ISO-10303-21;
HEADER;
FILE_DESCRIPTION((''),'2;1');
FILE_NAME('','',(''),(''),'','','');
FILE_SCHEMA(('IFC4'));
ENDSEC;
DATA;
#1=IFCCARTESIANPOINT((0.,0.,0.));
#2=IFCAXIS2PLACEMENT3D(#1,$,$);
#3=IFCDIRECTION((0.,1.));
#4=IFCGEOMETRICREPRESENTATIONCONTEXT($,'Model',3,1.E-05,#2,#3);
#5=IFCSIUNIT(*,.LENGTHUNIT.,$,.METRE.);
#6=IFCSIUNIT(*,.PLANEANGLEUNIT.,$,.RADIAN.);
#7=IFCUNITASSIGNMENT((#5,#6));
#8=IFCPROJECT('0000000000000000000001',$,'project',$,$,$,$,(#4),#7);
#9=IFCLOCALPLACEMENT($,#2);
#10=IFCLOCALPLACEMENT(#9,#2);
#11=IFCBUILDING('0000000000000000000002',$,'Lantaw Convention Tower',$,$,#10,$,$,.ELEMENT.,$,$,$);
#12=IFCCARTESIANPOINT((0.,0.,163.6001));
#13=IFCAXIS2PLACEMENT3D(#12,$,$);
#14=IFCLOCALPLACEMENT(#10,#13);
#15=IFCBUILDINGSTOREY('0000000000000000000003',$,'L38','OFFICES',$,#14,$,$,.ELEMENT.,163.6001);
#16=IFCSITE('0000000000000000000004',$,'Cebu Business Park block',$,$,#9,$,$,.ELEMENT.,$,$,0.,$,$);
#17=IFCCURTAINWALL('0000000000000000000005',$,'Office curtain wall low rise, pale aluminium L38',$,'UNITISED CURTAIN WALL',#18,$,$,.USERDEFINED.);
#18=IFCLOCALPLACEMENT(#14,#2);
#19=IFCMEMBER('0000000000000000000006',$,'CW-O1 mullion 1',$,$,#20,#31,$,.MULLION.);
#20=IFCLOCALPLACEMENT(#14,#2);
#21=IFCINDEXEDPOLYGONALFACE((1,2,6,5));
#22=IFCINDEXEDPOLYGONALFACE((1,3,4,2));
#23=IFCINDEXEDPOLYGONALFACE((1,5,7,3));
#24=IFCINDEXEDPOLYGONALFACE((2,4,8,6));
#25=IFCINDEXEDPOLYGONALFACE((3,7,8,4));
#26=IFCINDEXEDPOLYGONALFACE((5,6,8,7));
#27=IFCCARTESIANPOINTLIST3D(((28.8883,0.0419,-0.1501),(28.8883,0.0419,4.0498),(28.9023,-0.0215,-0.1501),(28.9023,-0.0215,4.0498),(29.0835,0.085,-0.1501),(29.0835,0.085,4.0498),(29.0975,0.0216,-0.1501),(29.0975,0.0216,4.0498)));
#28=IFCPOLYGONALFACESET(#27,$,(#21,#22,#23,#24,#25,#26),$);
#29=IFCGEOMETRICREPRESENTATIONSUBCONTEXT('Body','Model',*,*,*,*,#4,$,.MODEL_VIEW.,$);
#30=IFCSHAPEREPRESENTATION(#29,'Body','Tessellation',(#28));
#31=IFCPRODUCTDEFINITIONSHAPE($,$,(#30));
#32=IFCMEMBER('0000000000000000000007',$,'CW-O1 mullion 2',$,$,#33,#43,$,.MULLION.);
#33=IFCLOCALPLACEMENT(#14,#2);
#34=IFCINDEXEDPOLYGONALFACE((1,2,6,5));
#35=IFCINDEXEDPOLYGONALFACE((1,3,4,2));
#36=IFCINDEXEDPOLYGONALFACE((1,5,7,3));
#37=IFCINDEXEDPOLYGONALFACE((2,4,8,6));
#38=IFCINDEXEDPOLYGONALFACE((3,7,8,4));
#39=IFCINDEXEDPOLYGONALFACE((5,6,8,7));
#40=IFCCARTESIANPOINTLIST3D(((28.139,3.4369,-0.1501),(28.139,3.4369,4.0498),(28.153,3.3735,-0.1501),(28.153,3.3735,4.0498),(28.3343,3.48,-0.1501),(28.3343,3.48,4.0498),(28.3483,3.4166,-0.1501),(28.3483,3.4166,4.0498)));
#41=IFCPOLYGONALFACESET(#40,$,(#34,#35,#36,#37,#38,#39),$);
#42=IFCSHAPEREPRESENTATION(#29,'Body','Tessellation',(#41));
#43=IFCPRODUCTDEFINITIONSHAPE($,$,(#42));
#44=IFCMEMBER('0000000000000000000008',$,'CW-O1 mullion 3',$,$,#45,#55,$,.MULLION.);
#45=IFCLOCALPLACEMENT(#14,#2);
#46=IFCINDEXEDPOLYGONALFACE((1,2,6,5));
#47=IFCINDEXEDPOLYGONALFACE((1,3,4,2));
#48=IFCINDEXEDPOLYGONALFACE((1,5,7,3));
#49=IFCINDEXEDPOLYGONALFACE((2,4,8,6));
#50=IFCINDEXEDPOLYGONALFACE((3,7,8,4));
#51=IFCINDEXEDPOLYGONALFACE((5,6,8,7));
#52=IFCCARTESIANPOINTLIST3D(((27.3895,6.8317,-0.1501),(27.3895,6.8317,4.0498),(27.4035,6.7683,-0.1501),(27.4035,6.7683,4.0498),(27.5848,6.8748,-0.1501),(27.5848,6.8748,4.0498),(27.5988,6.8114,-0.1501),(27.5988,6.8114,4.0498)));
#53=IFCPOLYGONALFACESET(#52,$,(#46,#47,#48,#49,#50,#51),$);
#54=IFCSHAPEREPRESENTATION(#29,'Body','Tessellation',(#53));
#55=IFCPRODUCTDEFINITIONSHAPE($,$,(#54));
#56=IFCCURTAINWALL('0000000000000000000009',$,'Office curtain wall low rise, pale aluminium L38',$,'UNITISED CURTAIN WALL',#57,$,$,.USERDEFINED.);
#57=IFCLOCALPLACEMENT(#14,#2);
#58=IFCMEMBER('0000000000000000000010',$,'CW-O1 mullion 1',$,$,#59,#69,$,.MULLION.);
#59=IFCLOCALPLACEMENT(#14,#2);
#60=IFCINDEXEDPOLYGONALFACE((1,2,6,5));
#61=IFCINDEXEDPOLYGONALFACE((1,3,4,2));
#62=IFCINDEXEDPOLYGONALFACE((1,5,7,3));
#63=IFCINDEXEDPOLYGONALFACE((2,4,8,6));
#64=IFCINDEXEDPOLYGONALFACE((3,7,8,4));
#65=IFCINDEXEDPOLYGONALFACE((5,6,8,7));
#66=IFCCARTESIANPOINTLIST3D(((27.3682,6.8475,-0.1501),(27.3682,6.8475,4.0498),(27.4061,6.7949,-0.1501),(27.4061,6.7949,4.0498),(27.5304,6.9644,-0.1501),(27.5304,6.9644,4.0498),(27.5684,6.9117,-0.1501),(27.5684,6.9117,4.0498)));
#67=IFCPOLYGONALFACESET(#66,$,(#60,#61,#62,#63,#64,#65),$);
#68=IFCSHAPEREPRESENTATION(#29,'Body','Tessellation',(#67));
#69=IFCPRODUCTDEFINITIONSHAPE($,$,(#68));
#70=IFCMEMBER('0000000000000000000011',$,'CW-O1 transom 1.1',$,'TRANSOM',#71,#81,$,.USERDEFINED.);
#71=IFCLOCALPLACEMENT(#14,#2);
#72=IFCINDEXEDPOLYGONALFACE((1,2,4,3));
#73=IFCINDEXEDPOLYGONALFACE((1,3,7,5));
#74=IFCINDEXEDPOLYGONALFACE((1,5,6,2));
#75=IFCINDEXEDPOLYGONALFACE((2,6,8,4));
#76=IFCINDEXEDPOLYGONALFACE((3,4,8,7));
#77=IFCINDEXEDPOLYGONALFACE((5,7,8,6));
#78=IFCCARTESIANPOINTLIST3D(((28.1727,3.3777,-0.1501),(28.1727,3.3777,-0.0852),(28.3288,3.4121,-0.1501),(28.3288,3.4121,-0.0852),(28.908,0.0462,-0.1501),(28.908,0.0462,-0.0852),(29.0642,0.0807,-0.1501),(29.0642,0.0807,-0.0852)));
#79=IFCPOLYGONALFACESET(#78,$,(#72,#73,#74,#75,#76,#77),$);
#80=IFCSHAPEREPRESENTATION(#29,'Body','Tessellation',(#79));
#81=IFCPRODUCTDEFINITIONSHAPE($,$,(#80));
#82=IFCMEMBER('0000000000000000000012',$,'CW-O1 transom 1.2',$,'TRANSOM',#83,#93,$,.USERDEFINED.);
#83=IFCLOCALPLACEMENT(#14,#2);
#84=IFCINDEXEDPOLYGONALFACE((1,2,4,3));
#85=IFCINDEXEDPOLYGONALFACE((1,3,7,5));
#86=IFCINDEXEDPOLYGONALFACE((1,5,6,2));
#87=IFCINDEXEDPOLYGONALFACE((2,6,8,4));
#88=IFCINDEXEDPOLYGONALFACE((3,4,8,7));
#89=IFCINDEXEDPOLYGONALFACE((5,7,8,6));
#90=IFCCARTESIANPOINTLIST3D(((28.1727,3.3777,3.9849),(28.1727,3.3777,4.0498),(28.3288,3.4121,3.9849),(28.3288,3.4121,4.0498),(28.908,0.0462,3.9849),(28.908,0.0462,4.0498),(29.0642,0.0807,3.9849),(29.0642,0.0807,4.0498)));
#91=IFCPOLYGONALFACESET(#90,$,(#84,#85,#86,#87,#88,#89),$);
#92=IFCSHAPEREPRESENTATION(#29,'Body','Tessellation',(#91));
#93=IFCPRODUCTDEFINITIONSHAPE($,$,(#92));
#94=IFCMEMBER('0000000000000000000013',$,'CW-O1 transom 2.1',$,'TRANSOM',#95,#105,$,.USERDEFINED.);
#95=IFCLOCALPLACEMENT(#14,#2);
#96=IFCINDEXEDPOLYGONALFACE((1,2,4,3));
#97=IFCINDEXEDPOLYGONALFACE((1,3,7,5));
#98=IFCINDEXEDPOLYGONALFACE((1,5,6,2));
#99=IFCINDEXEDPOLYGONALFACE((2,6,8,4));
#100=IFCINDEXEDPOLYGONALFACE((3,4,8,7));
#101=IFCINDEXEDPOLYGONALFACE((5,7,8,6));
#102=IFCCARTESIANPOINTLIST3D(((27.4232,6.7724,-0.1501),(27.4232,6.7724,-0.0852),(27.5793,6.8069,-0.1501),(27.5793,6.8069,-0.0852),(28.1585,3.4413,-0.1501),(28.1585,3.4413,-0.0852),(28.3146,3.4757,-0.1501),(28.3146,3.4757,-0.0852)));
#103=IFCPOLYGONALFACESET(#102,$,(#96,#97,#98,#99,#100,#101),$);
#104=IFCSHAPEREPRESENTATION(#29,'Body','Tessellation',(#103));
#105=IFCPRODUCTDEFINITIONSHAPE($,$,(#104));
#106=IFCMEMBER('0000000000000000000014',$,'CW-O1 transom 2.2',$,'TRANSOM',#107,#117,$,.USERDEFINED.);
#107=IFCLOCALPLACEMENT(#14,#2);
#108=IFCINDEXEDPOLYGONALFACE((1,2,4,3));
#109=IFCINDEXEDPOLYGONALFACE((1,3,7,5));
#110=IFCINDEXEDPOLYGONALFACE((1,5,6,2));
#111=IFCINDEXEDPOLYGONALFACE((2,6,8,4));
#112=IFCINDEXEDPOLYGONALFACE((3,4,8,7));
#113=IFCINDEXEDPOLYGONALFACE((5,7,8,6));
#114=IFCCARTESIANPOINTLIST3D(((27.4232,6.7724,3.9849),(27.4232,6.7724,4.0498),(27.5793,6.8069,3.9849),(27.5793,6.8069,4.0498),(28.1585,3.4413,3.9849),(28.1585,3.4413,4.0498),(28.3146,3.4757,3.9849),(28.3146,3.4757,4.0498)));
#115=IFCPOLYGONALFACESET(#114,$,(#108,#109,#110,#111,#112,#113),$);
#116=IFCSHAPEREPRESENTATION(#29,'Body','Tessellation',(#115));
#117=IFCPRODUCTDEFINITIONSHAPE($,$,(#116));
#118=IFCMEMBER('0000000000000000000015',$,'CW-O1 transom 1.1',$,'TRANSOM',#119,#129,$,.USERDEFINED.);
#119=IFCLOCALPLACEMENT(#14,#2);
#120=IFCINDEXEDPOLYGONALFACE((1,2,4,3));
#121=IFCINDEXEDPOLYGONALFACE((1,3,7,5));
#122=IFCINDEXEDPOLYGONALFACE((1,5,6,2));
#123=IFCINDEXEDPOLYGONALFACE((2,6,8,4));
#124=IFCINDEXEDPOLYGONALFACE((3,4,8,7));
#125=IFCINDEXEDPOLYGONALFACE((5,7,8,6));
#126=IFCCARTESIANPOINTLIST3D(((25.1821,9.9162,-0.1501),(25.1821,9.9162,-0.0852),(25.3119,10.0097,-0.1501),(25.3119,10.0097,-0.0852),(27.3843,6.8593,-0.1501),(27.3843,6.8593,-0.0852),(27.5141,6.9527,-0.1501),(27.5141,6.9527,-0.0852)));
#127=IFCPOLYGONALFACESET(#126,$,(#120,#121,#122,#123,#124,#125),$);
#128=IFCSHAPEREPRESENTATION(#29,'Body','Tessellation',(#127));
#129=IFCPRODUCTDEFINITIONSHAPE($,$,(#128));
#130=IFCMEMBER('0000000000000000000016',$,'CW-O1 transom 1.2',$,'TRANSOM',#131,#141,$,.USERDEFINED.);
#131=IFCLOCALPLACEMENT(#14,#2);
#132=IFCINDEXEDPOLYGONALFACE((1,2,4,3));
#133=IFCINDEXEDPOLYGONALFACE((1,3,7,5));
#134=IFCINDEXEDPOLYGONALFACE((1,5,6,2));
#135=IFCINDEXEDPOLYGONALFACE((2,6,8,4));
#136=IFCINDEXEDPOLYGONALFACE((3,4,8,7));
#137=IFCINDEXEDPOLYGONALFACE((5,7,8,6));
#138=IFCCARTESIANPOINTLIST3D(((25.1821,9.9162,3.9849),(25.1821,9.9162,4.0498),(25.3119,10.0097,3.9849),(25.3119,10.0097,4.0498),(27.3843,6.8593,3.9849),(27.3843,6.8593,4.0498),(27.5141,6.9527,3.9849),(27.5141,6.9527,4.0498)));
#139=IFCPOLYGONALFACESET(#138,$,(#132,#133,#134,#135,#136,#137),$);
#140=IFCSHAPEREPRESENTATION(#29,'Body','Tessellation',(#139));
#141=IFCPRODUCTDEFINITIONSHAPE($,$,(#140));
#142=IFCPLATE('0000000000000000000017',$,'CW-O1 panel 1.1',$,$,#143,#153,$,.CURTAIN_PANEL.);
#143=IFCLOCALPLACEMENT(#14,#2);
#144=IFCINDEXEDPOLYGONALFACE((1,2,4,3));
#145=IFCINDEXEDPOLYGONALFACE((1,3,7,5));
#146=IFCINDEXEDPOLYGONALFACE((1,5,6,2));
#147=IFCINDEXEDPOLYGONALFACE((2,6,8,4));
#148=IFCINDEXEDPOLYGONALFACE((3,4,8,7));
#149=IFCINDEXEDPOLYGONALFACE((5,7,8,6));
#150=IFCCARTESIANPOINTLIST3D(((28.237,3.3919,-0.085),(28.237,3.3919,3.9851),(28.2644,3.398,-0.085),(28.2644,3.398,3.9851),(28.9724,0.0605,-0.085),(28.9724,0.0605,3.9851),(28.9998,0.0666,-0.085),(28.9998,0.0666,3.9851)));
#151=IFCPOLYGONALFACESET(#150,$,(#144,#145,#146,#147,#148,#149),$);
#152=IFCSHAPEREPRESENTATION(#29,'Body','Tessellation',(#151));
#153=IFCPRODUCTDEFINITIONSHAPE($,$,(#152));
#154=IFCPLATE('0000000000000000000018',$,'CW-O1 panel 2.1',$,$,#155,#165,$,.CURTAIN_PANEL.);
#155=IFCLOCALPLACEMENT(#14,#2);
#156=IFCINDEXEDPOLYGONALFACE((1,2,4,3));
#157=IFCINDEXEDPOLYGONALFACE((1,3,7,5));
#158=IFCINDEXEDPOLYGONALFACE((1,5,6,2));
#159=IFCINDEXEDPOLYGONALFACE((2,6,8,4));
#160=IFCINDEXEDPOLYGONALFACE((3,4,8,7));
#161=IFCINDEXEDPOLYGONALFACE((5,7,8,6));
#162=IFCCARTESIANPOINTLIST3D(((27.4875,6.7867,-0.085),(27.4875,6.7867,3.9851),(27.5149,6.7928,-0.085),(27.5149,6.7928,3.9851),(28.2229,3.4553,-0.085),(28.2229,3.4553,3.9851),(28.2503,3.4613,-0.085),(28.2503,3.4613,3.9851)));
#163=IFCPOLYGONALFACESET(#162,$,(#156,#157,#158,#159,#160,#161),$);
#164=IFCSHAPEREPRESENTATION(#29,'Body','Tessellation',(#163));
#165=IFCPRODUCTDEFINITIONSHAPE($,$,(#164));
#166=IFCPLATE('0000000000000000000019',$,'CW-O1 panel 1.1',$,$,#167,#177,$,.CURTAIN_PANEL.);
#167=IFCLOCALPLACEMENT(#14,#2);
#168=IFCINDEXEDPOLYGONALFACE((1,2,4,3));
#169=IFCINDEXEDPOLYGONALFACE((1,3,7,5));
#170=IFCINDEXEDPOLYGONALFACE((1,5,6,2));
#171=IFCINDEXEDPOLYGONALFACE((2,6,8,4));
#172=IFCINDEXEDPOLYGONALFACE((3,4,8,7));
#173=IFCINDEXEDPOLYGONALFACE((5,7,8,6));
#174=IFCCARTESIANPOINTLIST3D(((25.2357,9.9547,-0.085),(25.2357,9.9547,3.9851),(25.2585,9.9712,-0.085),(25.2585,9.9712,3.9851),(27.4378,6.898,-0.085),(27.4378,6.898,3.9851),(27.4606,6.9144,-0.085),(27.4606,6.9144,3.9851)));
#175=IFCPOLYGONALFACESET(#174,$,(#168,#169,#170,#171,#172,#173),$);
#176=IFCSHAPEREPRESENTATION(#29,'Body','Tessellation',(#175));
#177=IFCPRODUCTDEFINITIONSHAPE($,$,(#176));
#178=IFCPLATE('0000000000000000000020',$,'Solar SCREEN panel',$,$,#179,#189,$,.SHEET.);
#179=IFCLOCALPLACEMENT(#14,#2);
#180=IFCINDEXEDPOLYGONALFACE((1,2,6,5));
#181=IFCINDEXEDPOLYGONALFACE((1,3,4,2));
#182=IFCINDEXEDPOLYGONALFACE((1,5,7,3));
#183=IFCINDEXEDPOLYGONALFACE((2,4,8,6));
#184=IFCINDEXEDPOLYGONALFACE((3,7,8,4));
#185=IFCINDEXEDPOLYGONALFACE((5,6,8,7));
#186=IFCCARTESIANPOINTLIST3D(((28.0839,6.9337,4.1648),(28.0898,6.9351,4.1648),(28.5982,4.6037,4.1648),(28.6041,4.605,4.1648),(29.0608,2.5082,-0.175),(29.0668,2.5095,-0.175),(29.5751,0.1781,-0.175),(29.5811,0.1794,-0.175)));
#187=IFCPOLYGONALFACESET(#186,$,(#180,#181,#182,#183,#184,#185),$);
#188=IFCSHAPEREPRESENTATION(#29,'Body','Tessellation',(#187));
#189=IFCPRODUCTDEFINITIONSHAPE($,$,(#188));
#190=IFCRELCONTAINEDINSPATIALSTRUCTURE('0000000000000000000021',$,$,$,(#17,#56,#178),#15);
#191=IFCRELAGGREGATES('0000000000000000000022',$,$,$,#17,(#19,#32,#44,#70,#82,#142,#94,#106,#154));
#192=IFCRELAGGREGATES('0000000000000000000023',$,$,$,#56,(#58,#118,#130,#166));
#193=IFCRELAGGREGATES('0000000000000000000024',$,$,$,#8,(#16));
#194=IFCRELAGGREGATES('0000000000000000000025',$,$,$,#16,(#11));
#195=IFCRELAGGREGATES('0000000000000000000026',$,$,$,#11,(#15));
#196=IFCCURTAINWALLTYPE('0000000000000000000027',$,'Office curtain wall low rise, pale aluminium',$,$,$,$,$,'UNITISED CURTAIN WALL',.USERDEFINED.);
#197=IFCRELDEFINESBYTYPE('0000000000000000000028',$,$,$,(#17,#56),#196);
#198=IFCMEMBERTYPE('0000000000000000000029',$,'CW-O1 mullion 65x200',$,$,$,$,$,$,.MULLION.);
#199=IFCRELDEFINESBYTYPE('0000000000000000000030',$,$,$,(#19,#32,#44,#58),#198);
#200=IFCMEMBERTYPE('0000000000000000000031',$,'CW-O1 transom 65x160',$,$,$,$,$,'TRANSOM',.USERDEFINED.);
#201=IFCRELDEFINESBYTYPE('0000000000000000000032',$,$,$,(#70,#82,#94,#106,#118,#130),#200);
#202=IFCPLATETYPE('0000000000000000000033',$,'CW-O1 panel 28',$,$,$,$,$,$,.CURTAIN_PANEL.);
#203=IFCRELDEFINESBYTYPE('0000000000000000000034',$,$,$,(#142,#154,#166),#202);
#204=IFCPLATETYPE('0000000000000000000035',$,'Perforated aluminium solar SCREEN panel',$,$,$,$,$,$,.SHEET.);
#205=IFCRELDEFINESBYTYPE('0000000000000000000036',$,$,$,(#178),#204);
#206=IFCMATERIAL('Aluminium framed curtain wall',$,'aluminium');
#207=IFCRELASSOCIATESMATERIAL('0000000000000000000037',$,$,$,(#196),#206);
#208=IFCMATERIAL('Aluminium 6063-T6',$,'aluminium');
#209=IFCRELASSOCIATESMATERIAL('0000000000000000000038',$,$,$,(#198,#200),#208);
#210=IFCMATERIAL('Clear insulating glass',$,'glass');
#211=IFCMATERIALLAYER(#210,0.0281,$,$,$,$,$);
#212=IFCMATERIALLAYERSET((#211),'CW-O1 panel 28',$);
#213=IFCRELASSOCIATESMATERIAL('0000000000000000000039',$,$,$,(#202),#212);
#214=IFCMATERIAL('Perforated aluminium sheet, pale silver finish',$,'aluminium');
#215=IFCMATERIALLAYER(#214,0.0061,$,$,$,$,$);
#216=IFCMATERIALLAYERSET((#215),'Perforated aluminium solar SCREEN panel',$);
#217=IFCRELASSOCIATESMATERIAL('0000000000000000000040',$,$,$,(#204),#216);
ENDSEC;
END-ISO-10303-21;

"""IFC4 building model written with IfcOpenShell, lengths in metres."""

from ifc_helpers import new_model, si_unit, direction, frame, origin, origin_2d, place, context, subcontext, project, spatial, polyline, rectangle, outline, extrude, material, layer, layer_set, material_profile, profile_set, type_object, element, aggregate, save


model = new_model("IFC4")

# Units and contexts
model_context = context("Model", 3, precision=1e-05, world=origin(), true_north=direction((0.0, 1.0)))
body_context = subcontext(model_context, "Body", "Model", "MODEL_VIEW")
ifc_project = project(units=[si_unit("LENGTHUNIT", "METRE"), si_unit("PLANEANGLEUNIT", "RADIAN")], contexts=[model_context])

# Site, building, storey
site_placement = place(None, origin())
site = spatial("IfcSite", under=ifc_project, at=site_placement, Name="Cebu Business Park block", CompositionType="ELEMENT", RefElevation=0.0)
building_placement = place(site_placement, origin())
building = spatial("IfcBuilding", under=site, at=building_placement, Name="Lantaw Convention Tower", CompositionType="ELEMENT")
storey_placement = place(building_placement, frame((0.0, 0.0, 163.6001)))
storey = spatial("IfcBuildingStorey", under=building, at=storey_placement, Name="L38", Description="OFFICES", CompositionType="ELEMENT", Elevation=163.6001)

# Curtain wall, members
ifc_material_1 = material(Name="Aluminium framed curtain wall", Category="aluminium")
curtain_wall_type = type_object("IfcCurtainWallType", Name="Office curtain wall low rise, pale aluminium", ElementType="UNITISED CURTAIN WALL", PredefinedType="USERDEFINED", material=ifc_material_1)
curtain_wall_1_placement = place(storey_placement, origin())
curtain_wall_1 = element("IfcCurtainWall", 1, at=curtain_wall_1_placement, inside=storey, type_object=curtain_wall_type, Name="Office curtain wall low rise, pale aluminium L38", ObjectType="UNITISED CURTAIN WALL", PredefinedType="USERDEFINED")
ifc_material_2 = material(Name="Aluminium 6063-T6", Category="aluminium")
ifc_material_profile_1 = material_profile(ifc_material_2, rectangle(XDim=0.2, YDim=0.0649, at=origin_2d()), Name="CW-O1 mullion 65x200")
ifc_profile_set_1 = profile_set([ifc_material_profile_1], Name="Aluminium 6063-T6")
member_type_1 = type_object("IfcMemberType", Name="CW-O1 mullion 65x200", PredefinedType="MULLION", material=ifc_profile_set_1)
member_1_placement = place(storey_placement, frame((28.9929, 0.0317, -0.1501), z_axis=(0.0, 0.0, 1.0), x_axis=(-0.976494, -0.215546, 0.0)))
member_1 = element("IfcMember", 2, at=member_1_placement, type_object=member_type_1, Name="CW-O1 mullion 1", PredefinedType="MULLION", context=body_context, shape_type="SweptSolid", body=[
    extrude(rectangle(XDim=0.2, YDim=0.0649, at=origin_2d()), origin(), (0.0, 0.0, 1.0), 4.2),
])
member_2_placement = place(storey_placement, frame((28.2437, 3.4268, -0.1501), z_axis=(0.0, 0.0, 1.0), x_axis=(-0.976494, -0.215546, 0.0)))
member_2 = element("IfcMember", 3, at=member_2_placement, type_object=member_type_1, Name="CW-O1 mullion 2", PredefinedType="MULLION", context=body_context, shape_type="SweptSolid", body=[
    extrude(rectangle(XDim=0.2, YDim=0.0649, at=origin_2d()), origin(), (0.0, 0.0, 1.0), 4.2),
])
member_3_placement = place(storey_placement, frame((27.4941, 6.8215, -0.1501), z_axis=(0.0, 0.0, 1.0), x_axis=(-0.976494, -0.215546, 0.0)))
member_3 = element("IfcMember", 4, at=member_3_placement, type_object=member_type_1, Name="CW-O1 mullion 3", PredefinedType="MULLION", context=body_context, shape_type="SweptSolid", body=[
    extrude(rectangle(XDim=0.2, YDim=0.0649, at=origin_2d()), origin(), (0.0, 0.0, 1.0), 4.2),
])

# Curtain wall, member
curtain_wall_2_placement = place(storey_placement, origin())
curtain_wall_2 = element("IfcCurtainWall", 5, at=curtain_wall_2_placement, inside=storey, type_object=curtain_wall_type, Name="Office curtain wall low rise, pale aluminium L38", ObjectType="UNITISED CURTAIN WALL", PredefinedType="USERDEFINED")
member_4_placement = place(storey_placement, frame((27.4683, 6.8796, -0.1501), z_axis=(0.0, 0.0, 1.0), x_axis=(-0.811385, -0.584513, 0.0)))
member_4 = element("IfcMember", 6, at=member_4_placement, type_object=member_type_1, Name="CW-O1 mullion 1", PredefinedType="MULLION", context=body_context, shape_type="SweptSolid", body=[
    extrude(rectangle(XDim=0.2, YDim=0.0649, at=origin_2d()), origin(), (0.0, 0.0, 1.0), 4.2),
])

# Members
ifc_material_profile_2 = material_profile(ifc_material_2, rectangle(XDim=0.1599, YDim=0.0649, at=origin_2d()), Name="CW-O1 transom 65x160")
ifc_profile_set_2 = profile_set([ifc_material_profile_2], Name="Aluminium 6063-T6")
member_type_2 = type_object("IfcMemberType", Name="CW-O1 transom 65x160", ElementType="TRANSOM", PredefinedType="USERDEFINED", material=ifc_profile_set_2)
member_5_placement = place(storey_placement, frame((28.9861, 0.0635, -0.1177), z_axis=(-0.215536, 0.976496, 0.0), x_axis=(-0.976496, -0.215536, 0.0)))
member_5 = element("IfcMember", 7, at=member_5_placement, type_object=member_type_2, Name="CW-O1 transom 1.1", ObjectType="TRANSOM", PredefinedType="USERDEFINED", context=body_context, shape_type="SweptSolid", body=[
    extrude(rectangle(XDim=0.1599, YDim=0.0649, at=origin_2d()), origin(), (0.0, 0.0, 1.0), 3.4116),
])
member_6_placement = place(storey_placement, frame((28.9861, 0.0635, 4.0173), z_axis=(-0.215536, 0.976496, 0.0), x_axis=(-0.976496, -0.215536, 0.0)))
member_6 = element("IfcMember", 8, at=member_6_placement, type_object=member_type_2, Name="CW-O1 transom 1.2", ObjectType="TRANSOM", PredefinedType="USERDEFINED", context=body_context, shape_type="SweptSolid", body=[
    extrude(rectangle(XDim=0.1599, YDim=0.0649, at=origin_2d()), origin(), (0.0, 0.0, 1.0), 3.4116),
])
member_7_placement = place(storey_placement, frame((28.2366, 3.4585, -0.1177), z_axis=(-0.215551, 0.976493, 0.0), x_axis=(-0.976493, -0.215551, 0.0)))
member_7 = element("IfcMember", 9, at=member_7_placement, type_object=member_type_2, Name="CW-O1 transom 2.1", ObjectType="TRANSOM", PredefinedType="USERDEFINED", context=body_context, shape_type="SweptSolid", body=[
    extrude(rectangle(XDim=0.1599, YDim=0.0649, at=origin_2d()), origin(), (0.0, 0.0, 1.0), 3.4114),
])
member_8_placement = place(storey_placement, frame((28.2366, 3.4585, 4.0173), z_axis=(-0.215551, 0.976493, 0.0), x_axis=(-0.976493, -0.215551, 0.0)))
member_8 = element("IfcMember", 10, at=member_8_placement, type_object=member_type_2, Name="CW-O1 transom 2.2", ObjectType="TRANSOM", PredefinedType="USERDEFINED", context=body_context, shape_type="SweptSolid", body=[
    extrude(rectangle(XDim=0.1599, YDim=0.0649, at=origin_2d()), origin(), (0.0, 0.0, 1.0), 3.4114),
])
member_9_placement = place(storey_placement, frame((27.4492, 6.906, -0.1177), z_axis=(-0.584513, 0.811384, 0.0), x_axis=(-0.811384, -0.584513, 0.0)))
member_9 = element("IfcMember", 11, at=member_9_placement, type_object=member_type_2, Name="CW-O1 transom 1.1", ObjectType="TRANSOM", PredefinedType="USERDEFINED", context=body_context, shape_type="SweptSolid", body=[
    extrude(rectangle(XDim=0.1599, YDim=0.0649, at=origin_2d()), origin(), (0.0, 0.0, 1.0), 3.7676),
])
member_10_placement = place(storey_placement, frame((27.4492, 6.906, 4.0173), z_axis=(-0.584513, 0.811384, 0.0), x_axis=(-0.811384, -0.584513, 0.0)))
member_10 = element("IfcMember", 12, at=member_10_placement, type_object=member_type_2, Name="CW-O1 transom 1.2", ObjectType="TRANSOM", PredefinedType="USERDEFINED", context=body_context, shape_type="SweptSolid", body=[
    extrude(rectangle(XDim=0.1599, YDim=0.0649, at=origin_2d()), origin(), (0.0, 0.0, 1.0), 3.7676),
])

# Plates
ifc_material_3 = material(Name="Clear insulating glass", Category="glass")
ifc_layer_1 = layer(ifc_material_3, 0.0281)
ifc_layer_set_1 = layer_set([ifc_layer_1], Name="CW-O1 panel 28")
plate_type_1 = type_object("IfcPlateType", Name="CW-O1 panel 28", PredefinedType="CURTAIN_PANEL", material=ifc_layer_set_1)
plate_1_placement = place(storey_placement, frame((28.6184, 1.7292, -0.085), z_axis=(0.0, 0.0, 1.0), x_axis=(-0.215546, 0.976494, 0.0)))
plate_1 = element("IfcPlate", 13, at=plate_1_placement, type_object=plate_type_1, Name="CW-O1 panel 1.1", PredefinedType="CURTAIN_PANEL", context=body_context, shape_type="SweptSolid", body=[
    extrude(rectangle(XDim=3.4116, YDim=0.0281, at=origin_2d()), origin(), (0.0, 0.0, 1.0), 4.0701),
])
plate_2_placement = place(storey_placement, frame((27.8689, 5.124, -0.085), z_axis=(0.0, 0.0, 1.0), x_axis=(-0.215546, 0.976494, 0.0)))
plate_2 = element("IfcPlate", 14, at=plate_2_placement, type_object=plate_type_1, Name="CW-O1 panel 2.1", PredefinedType="CURTAIN_PANEL", context=body_context, shape_type="SweptSolid", body=[
    extrude(rectangle(XDim=3.4116, YDim=0.0281, at=origin_2d()), origin(), (0.0, 0.0, 1.0), 4.0701),
])
aggregate(curtain_wall_1, [member_1, member_2, member_3, member_5, member_6, plate_1, member_7, member_8, plate_2])
plate_3_placement = place(storey_placement, frame((26.3481, 8.4346, -0.085), z_axis=(0.0, 0.0, 1.0), x_axis=(-0.584513, 0.811385, 0.0)))
plate_3 = element("IfcPlate", 15, at=plate_3_placement, type_object=plate_type_1, Name="CW-O1 panel 1.1", PredefinedType="CURTAIN_PANEL", context=body_context, shape_type="SweptSolid", body=[
    extrude(rectangle(XDim=3.7673, YDim=0.0281, at=origin_2d()), origin(), (0.0, 0.0, 1.0), 4.0701),
])
aggregate(curtain_wall_2, [member_4, member_9, member_10, plate_3])

# Plate
ifc_material_4 = material(Name="Perforated aluminium sheet, pale silver finish", Category="aluminium")
ifc_layer_2 = layer(ifc_material_4, 0.0061)
ifc_layer_set_2 = layer_set([ifc_layer_2], Name="Perforated aluminium solar SCREEN panel")
plate_type_2 = type_object("IfcPlateType", Name="Perforated aluminium solar SCREEN panel", PredefinedType="SHEET", material=ifc_layer_set_2)
plate_4_placement = place(storey_placement, frame((29.5811, 0.1794, -0.175), z_axis=(0.976498, 0.215527, 0.000033), x_axis=(-0.215527, 0.976498, 0.0)))
element("IfcPlate", 16, at=plate_4_placement, inside=storey, type_object=plate_type_2, Name="Solar SCREEN panel", PredefinedType="SHEET", context=body_context, shape_type="SweptSolid", body=[
    extrude(outline(polyline([(0.0, 0.0), (2.3862, 0.0), (6.9182, 4.3398), (4.5321, 4.3398), (0.0, 0.0)])), origin(), (0.0, 0.0, -1.0), 0.0061),
])

save(model, "model.ifc")
